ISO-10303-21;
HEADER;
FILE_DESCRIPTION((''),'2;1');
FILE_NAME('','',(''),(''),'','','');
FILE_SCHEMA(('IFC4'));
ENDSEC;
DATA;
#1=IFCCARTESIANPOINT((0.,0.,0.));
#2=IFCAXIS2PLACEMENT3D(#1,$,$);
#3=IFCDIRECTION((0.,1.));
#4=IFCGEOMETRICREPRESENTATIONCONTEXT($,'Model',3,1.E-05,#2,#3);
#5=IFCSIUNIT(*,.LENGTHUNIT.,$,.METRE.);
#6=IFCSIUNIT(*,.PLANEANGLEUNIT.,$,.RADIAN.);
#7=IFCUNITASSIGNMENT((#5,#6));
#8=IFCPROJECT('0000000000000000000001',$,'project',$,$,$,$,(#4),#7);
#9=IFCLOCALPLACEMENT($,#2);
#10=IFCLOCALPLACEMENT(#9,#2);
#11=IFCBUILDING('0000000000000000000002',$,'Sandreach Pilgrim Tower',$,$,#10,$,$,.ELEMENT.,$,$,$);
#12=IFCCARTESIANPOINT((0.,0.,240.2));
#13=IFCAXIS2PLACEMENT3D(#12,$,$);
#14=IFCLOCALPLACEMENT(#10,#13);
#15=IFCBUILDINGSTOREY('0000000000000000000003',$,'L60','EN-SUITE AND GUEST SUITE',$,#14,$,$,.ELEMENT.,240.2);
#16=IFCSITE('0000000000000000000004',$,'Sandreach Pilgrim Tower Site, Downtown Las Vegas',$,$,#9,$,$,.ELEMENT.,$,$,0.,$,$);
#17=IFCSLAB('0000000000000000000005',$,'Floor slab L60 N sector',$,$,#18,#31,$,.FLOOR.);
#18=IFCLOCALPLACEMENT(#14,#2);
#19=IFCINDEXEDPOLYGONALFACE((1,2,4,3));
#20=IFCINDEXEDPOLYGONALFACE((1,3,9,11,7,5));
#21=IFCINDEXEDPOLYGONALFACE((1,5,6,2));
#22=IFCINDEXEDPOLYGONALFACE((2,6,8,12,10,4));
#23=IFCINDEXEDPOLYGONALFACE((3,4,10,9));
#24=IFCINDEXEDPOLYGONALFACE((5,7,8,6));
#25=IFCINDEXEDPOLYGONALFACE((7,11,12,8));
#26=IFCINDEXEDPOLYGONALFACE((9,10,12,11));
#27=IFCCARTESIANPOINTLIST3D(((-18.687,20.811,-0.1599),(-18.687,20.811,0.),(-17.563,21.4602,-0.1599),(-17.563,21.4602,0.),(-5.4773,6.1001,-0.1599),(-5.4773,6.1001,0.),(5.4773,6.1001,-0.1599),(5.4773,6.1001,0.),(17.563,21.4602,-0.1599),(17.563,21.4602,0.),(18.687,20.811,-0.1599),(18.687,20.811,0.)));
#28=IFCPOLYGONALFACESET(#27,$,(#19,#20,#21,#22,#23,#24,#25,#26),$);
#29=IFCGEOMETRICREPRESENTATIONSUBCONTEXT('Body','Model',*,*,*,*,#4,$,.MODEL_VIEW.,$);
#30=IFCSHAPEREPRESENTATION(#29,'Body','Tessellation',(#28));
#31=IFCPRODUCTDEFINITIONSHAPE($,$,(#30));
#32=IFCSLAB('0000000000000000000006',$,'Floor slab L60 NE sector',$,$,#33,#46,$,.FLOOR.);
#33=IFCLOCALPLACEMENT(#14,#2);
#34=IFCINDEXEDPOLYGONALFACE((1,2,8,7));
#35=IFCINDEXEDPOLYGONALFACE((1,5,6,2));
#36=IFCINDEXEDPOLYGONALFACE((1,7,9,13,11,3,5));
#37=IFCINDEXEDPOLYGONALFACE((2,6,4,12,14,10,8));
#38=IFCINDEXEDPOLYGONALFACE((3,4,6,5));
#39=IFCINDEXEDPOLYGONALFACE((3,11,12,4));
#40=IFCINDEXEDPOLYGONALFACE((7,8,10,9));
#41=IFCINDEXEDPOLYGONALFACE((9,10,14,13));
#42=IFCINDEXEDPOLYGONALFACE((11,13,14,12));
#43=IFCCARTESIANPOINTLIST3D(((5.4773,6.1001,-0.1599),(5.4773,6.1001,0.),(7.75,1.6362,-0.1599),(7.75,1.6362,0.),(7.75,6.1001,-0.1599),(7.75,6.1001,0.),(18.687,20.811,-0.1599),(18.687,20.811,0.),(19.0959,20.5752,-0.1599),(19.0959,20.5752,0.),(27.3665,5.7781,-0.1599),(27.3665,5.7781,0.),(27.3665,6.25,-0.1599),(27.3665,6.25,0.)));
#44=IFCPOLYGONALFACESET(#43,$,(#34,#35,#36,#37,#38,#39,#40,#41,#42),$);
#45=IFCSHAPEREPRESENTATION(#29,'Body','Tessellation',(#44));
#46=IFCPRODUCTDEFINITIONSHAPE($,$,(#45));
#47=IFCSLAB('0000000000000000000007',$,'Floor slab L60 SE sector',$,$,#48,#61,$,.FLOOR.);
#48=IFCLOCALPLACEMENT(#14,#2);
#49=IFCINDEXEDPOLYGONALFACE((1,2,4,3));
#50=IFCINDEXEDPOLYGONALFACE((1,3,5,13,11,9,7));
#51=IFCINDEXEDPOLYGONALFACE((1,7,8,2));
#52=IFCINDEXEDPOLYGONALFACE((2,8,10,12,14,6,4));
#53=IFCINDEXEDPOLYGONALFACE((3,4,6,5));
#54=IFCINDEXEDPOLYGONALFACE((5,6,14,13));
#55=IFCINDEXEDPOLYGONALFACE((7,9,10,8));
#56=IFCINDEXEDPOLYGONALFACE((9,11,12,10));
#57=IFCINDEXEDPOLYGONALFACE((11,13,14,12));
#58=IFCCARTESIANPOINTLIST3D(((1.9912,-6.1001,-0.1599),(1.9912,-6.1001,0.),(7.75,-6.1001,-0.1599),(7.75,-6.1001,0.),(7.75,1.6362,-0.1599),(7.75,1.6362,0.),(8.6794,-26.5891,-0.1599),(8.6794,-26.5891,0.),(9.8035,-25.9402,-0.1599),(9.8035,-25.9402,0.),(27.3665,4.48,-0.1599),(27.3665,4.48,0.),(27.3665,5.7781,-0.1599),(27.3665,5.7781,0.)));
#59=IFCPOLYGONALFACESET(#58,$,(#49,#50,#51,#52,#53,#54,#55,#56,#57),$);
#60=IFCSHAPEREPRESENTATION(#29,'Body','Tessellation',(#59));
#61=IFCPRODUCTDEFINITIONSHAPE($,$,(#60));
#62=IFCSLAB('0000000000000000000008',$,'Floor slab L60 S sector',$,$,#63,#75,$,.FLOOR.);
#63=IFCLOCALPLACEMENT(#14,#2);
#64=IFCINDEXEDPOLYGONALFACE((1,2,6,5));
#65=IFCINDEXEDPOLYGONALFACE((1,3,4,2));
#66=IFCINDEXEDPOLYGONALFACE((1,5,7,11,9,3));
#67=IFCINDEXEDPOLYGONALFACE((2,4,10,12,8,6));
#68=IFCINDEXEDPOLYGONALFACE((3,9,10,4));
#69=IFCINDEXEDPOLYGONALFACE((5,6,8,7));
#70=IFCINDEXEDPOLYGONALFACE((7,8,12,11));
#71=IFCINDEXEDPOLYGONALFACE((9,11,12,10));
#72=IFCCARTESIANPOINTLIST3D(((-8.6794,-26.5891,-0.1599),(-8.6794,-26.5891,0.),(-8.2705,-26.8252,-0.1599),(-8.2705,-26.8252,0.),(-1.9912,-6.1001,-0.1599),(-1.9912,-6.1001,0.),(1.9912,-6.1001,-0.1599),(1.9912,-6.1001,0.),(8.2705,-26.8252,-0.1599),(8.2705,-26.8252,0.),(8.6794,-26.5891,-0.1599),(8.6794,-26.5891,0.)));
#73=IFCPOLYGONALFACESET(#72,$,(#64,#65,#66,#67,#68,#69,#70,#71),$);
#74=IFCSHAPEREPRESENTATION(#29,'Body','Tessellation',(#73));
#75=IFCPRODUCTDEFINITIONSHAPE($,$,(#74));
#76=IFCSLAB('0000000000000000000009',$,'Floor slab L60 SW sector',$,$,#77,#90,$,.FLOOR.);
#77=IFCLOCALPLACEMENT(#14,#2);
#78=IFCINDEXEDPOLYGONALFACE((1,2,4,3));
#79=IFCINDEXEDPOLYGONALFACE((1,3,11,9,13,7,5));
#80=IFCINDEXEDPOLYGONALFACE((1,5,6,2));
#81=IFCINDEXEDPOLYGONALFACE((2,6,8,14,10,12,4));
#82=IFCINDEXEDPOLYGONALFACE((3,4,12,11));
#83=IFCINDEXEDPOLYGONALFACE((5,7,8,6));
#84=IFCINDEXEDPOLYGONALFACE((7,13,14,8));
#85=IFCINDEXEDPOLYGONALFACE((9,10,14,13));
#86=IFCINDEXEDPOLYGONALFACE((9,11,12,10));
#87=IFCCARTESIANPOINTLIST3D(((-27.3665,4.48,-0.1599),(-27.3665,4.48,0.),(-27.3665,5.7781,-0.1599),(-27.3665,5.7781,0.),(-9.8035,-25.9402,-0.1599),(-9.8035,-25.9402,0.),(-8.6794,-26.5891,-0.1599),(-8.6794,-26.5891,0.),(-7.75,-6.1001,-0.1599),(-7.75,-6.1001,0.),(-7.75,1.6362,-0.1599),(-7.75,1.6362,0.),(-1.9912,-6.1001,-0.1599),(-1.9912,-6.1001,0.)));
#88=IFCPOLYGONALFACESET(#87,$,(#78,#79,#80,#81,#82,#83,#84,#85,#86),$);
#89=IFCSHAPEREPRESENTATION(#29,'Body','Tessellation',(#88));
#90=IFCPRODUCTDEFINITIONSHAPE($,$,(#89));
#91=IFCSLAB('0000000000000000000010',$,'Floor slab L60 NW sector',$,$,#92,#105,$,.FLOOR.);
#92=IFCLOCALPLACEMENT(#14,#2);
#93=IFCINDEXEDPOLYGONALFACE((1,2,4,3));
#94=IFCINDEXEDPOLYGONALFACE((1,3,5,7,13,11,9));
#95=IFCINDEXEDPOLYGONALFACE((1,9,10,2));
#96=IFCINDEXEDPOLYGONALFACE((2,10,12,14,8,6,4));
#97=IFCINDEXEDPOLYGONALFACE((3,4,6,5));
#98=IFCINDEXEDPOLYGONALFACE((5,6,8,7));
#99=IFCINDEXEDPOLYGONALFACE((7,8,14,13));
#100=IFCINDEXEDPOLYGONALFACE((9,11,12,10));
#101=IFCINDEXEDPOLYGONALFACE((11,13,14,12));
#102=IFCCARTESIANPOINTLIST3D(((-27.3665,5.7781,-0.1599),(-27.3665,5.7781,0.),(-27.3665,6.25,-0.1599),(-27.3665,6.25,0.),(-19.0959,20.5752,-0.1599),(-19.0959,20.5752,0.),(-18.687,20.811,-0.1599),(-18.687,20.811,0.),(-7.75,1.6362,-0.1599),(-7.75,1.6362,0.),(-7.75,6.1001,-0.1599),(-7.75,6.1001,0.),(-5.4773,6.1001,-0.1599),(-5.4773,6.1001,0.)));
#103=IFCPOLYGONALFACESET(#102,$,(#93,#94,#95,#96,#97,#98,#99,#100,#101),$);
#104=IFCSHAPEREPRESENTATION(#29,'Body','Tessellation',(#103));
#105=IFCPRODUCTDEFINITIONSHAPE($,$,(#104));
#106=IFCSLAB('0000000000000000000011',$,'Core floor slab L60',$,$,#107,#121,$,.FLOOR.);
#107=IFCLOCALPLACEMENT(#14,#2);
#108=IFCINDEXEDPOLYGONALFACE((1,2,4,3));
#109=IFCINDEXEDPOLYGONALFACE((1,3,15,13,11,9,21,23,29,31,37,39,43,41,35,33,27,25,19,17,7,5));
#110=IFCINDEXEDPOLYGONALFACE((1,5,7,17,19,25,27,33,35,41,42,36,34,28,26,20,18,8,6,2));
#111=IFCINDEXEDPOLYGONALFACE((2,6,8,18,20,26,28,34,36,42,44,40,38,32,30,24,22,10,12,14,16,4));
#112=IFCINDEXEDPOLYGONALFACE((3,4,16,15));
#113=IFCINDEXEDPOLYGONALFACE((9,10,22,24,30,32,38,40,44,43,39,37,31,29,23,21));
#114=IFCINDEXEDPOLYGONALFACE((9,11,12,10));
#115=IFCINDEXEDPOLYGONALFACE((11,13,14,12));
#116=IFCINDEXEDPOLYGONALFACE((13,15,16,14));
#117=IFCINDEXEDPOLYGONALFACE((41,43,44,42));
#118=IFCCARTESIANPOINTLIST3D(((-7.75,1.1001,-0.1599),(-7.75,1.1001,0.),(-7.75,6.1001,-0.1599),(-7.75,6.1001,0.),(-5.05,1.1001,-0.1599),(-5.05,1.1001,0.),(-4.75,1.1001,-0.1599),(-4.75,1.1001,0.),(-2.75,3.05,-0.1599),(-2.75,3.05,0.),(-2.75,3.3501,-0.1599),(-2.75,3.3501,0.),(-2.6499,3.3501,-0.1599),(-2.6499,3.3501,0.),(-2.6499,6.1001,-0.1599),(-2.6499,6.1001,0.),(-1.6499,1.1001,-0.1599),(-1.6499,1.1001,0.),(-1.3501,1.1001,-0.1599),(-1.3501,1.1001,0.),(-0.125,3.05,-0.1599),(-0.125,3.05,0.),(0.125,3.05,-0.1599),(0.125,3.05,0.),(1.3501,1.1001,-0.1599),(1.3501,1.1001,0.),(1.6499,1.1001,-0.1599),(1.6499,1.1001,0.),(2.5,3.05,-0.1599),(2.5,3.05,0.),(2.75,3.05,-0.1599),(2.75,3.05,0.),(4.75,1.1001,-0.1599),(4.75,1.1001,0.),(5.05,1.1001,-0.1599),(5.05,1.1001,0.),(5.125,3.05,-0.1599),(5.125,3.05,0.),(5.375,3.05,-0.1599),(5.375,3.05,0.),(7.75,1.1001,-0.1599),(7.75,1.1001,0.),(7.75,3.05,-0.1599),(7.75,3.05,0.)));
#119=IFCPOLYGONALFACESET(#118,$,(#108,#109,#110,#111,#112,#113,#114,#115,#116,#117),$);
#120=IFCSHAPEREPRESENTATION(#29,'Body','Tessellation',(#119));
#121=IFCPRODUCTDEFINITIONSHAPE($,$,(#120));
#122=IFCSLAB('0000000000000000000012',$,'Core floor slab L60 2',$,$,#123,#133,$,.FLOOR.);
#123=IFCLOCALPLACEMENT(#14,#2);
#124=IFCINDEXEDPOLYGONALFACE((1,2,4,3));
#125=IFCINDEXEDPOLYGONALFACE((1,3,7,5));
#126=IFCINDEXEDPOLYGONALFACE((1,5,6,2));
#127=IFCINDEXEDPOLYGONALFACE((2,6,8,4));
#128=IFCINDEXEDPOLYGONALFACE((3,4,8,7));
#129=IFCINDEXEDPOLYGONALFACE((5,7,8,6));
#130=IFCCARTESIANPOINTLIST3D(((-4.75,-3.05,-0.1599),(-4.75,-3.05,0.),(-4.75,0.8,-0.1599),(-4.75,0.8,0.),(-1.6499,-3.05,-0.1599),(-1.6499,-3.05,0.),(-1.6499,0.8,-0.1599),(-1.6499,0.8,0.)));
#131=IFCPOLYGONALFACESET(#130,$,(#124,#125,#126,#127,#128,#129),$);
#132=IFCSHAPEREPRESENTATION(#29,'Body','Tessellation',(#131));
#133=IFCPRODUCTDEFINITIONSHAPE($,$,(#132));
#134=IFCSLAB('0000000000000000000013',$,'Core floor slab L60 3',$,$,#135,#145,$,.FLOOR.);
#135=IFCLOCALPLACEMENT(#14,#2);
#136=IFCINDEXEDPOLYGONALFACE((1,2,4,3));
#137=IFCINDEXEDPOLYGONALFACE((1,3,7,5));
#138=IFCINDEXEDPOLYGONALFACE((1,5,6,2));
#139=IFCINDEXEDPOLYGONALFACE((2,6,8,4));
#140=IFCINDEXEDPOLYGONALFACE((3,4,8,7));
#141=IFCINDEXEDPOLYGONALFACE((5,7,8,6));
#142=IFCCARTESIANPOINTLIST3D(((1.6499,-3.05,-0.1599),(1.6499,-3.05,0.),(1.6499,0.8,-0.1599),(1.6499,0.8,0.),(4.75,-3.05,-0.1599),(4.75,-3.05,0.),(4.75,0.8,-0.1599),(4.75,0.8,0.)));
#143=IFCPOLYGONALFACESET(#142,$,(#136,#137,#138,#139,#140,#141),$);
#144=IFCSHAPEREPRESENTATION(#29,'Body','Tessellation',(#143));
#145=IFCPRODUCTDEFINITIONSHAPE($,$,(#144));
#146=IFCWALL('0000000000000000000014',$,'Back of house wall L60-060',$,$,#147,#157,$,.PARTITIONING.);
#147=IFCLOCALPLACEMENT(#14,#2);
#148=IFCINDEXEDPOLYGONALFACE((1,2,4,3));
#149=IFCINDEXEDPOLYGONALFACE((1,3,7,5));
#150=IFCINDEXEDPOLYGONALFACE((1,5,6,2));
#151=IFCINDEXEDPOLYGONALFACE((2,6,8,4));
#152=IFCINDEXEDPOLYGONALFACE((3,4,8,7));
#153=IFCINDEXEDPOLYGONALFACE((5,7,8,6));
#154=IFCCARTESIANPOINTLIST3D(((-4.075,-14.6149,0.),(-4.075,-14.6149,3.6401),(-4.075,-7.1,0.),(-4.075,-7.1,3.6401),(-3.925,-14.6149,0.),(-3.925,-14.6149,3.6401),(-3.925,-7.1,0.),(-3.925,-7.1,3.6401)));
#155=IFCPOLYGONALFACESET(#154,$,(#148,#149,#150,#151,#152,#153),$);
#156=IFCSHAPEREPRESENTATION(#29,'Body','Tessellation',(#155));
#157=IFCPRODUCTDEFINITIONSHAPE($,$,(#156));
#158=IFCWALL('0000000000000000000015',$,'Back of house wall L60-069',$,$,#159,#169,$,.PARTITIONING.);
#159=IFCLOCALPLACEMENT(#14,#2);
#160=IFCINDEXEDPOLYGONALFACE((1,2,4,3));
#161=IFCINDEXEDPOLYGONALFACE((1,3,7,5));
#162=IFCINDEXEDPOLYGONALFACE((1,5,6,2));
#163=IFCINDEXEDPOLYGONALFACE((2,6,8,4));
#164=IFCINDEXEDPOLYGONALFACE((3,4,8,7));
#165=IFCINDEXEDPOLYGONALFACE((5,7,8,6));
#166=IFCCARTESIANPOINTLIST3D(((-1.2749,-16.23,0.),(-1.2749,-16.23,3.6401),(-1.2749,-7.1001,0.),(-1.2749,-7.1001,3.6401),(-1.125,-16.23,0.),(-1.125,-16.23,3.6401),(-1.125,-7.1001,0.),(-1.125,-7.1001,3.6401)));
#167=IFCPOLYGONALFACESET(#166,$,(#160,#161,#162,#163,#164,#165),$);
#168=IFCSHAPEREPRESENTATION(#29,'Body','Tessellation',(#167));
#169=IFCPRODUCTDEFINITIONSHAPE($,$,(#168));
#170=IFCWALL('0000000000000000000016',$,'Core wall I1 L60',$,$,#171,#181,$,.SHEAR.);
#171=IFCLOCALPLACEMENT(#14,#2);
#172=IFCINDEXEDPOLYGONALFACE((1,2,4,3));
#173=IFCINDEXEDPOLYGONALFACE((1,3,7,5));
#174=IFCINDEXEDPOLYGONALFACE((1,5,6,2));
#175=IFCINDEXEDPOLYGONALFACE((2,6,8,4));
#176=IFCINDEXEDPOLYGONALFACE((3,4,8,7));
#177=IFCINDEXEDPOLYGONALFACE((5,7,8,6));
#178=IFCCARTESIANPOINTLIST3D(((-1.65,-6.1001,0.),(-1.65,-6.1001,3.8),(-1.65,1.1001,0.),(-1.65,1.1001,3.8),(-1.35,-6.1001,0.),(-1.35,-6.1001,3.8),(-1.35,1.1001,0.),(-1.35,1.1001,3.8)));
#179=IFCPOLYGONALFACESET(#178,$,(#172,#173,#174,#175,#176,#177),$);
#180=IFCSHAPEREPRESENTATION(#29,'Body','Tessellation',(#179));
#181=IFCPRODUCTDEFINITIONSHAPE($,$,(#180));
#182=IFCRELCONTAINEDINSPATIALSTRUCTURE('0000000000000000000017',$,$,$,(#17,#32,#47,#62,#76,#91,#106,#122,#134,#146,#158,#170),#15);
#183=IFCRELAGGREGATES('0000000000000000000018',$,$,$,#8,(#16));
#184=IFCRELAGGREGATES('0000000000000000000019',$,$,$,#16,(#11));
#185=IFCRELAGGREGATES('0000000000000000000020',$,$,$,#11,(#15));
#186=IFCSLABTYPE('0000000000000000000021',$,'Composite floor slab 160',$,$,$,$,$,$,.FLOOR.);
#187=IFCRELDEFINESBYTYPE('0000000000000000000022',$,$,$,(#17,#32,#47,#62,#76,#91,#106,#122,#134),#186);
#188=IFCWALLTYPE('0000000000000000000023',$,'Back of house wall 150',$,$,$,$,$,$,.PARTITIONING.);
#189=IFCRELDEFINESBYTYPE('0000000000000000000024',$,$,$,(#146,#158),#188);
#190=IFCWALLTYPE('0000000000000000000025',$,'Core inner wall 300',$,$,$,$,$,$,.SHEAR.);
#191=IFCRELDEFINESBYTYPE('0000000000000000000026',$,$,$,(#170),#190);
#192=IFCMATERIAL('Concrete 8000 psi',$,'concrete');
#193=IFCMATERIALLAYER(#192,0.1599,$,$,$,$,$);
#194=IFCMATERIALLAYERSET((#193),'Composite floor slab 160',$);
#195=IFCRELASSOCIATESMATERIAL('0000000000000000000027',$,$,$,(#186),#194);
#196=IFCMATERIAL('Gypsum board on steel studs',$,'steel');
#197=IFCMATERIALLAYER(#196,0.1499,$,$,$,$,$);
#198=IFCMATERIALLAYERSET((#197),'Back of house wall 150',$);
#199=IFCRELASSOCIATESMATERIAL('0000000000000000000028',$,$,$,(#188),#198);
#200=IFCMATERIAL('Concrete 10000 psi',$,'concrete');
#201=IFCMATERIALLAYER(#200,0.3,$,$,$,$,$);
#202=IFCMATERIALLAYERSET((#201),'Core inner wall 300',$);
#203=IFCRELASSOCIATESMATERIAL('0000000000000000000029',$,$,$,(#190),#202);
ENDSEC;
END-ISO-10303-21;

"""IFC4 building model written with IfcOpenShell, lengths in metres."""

from ifc_helpers import new_model, si_unit, direction, frame, frame_2d, origin, place, context, subcontext, project, spatial, polyline, rectangle, outline, extrude, material, layer, layer_set, type_object, element, save


model = new_model("IFC4")

# Units and contexts
model_context = context("Model", 3, precision=1e-05, world=origin(), true_north=direction((0.0, 1.0)))
body_context = subcontext(model_context, "Body", "Model", "MODEL_VIEW")
ifc_project = project(units=[si_unit("LENGTHUNIT", "METRE"), si_unit("PLANEANGLEUNIT", "RADIAN")], contexts=[model_context])

# Site, building, storey
site_placement = place(None, origin())
site = spatial("IfcSite", under=ifc_project, at=site_placement, Name="Sandreach Pilgrim Tower Site, Downtown Las Vegas", CompositionType="ELEMENT", RefElevation=0.0)
building_placement = place(site_placement, origin())
building = spatial("IfcBuilding", under=site, at=building_placement, Name="Sandreach Pilgrim Tower", CompositionType="ELEMENT")
storey_placement = place(building_placement, frame((0.0, 0.0, 240.2)))
storey = spatial("IfcBuildingStorey", under=building, at=storey_placement, Name="L60", Description="EN-SUITE AND GUEST SUITE", CompositionType="ELEMENT", Elevation=240.2)

# Slabs
ifc_material_1 = material(Name="Concrete 8000 psi", Category="concrete")
ifc_layer_1 = layer(ifc_material_1, 0.1599)
ifc_layer_set_1 = layer_set([ifc_layer_1], Name="Composite floor slab 160")
slab_type = type_object("IfcSlabType", Name="Composite floor slab 160", PredefinedType="FLOOR", material=ifc_layer_set_1)
slab_1_placement = place(storey_placement, frame((0.0, 0.0, -0.1599)))
element("IfcSlab", 1, at=slab_1_placement, inside=storey, type_object=slab_type, Name="Floor slab L60 N sector", PredefinedType="FLOOR", context=body_context, shape_type="SweptSolid", body=[
    extrude(outline(polyline([(-17.563, 21.4602), (17.563, 21.4602), (18.687, 20.811), (5.4773, 6.1001), (-5.4773, 6.1001), (-18.687, 20.811), (-17.563, 21.4602)])), origin(), (0.0, 0.0, 1.0), 0.1599),
])
slab_2_placement = place(storey_placement, frame((0.0, 0.0, -0.1599)))
element("IfcSlab", 2, at=slab_2_placement, inside=storey, type_object=slab_type, Name="Floor slab L60 NE sector", PredefinedType="FLOOR", context=body_context, shape_type="SweptSolid", body=[
    extrude(outline(polyline([(19.0959, 20.5752), (27.3665, 6.25), (27.3665, 5.7781), (7.75, 1.6362), (7.75, 6.1001), (5.4773, 6.1001), (18.687, 20.811), (19.0959, 20.5752)])), origin(), (0.0, 0.0, 1.0), 0.1599),
])
slab_3_placement = place(storey_placement, frame((0.0, 0.0, -0.1599)))
element("IfcSlab", 3, at=slab_3_placement, inside=storey, type_object=slab_type, Name="Floor slab L60 SE sector", PredefinedType="FLOOR", context=body_context, shape_type="SweptSolid", body=[
    extrude(outline(polyline([(27.3665, 4.48), (9.8035, -25.9402), (8.6794, -26.5891), (1.9912, -6.1001), (7.75, -6.1001), (7.75, 1.6362), (27.3665, 5.7781), (27.3665, 4.48)])), origin(), (0.0, 0.0, 1.0), 0.1599),
])
slab_4_placement = place(storey_placement, frame((0.0, 0.0, -0.1599)))
element("IfcSlab", 4, at=slab_4_placement, inside=storey, type_object=slab_type, Name="Floor slab L60 S sector", PredefinedType="FLOOR", context=body_context, shape_type="SweptSolid", body=[
    extrude(outline(polyline([(8.2705, -26.8252), (-8.2705, -26.8252), (-8.6794, -26.5891), (-1.9912, -6.1001), (1.9912, -6.1001), (8.6794, -26.5891), (8.2705, -26.8252)])), origin(), (0.0, 0.0, 1.0), 0.1599),
])
slab_5_placement = place(storey_placement, frame((0.0, 0.0, -0.1599)))
element("IfcSlab", 5, at=slab_5_placement, inside=storey, type_object=slab_type, Name="Floor slab L60 SW sector", PredefinedType="FLOOR", context=body_context, shape_type="SweptSolid", body=[
    extrude(outline(polyline([(-9.8035, -25.9402), (-27.3665, 4.48), (-27.3665, 5.7781), (-7.75, 1.6362), (-7.75, -6.1001), (-1.9912, -6.1001), (-8.6794, -26.5891), (-9.8035, -25.9402)])), origin(), (0.0, 0.0, 1.0), 0.1599),
])
slab_6_placement = place(storey_placement, frame((0.0, 0.0, -0.1599)))
element("IfcSlab", 6, at=slab_6_placement, inside=storey, type_object=slab_type, Name="Floor slab L60 NW sector", PredefinedType="FLOOR", context=body_context, shape_type="SweptSolid", body=[
    extrude(outline(polyline([(-27.3665, 6.25), (-19.0959, 20.5752), (-18.687, 20.811), (-5.4773, 6.1001), (-7.75, 6.1001), (-7.75, 1.6362), (-27.3665, 5.7781), (-27.3665, 6.25)])), origin(), (0.0, 0.0, 1.0), 0.1599),
])
slab_7_placement = place(storey_placement, frame((0.0, 0.0, -0.1599)))
element("IfcSlab", 7, at=slab_7_placement, inside=storey, type_object=slab_type, Name="Core floor slab L60", PredefinedType="FLOOR", context=body_context, shape_type="SweptSolid", body=[
    extrude(outline(polyline([(-2.75, 3.3501), (-2.75, 3.05), (-0.125, 3.05), (0.125, 3.05), (2.5, 3.05), (2.75, 3.05), (5.125, 3.05), (5.375, 3.05), (7.75, 3.05), (7.75, 1.1001), (5.05, 1.1001), (4.75, 1.1001), (1.6499, 1.1001), (1.3501, 1.1001), (-1.3501, 1.1001), (-1.6499, 1.1001), (-4.75, 1.1001), (-5.05, 1.1001), (-7.75, 1.1001), (-7.75, 6.1001), (-2.6499, 6.1001), (-2.6499, 3.3501), (-2.75, 3.3501)])), origin(), (0.0, 0.0, 1.0), 0.1599),
])
slab_8_placement = place(storey_placement, frame((0.0, 0.0, -0.1599)))
element("IfcSlab", 8, at=slab_8_placement, inside=storey, type_object=slab_type, Name="Core floor slab L60 2", PredefinedType="FLOOR", context=body_context, shape_type="SweptSolid", body=[
    extrude(outline(polyline([(-1.6499, -3.05), (-4.75, -3.05), (-4.75, 0.8), (-1.6499, 0.8), (-1.6499, -3.05)])), origin(), (0.0, 0.0, 1.0), 0.1599),
])
slab_9_placement = place(storey_placement, frame((0.0, 0.0, -0.1599)))
element("IfcSlab", 9, at=slab_9_placement, inside=storey, type_object=slab_type, Name="Core floor slab L60 3", PredefinedType="FLOOR", context=body_context, shape_type="SweptSolid", body=[
    extrude(outline(polyline([(4.75, -3.05), (1.6499, -3.05), (1.6499, 0.8), (4.75, 0.8), (4.75, -3.05)])), origin(), (0.0, 0.0, 1.0), 0.1599),
])

# Walls
ifc_material_2 = material(Name="Gypsum board on steel studs", Category="steel")
ifc_layer_2 = layer(ifc_material_2, 0.1499)
ifc_layer_set_2 = layer_set([ifc_layer_2], Name="Back of house wall 150")
wall_type_1 = type_object("IfcWallType", Name="Back of house wall 150", PredefinedType="PARTITIONING", material=ifc_layer_set_2)
wall_1_placement = place(storey_placement, frame((-4.0, -7.1001, 0.0), z_axis=(0.0, 0.0, 1.0), x_axis=(0.0, -1.0, 0.0)))
element("IfcWall", 10, at=wall_1_placement, inside=storey, type_object=wall_type_1, Name="Back of house wall L60-060", PredefinedType="PARTITIONING", context=body_context, shape_type="SweptSolid", body=[
    extrude(rectangle(XDim=7.5149, YDim=0.1499, at=frame_2d((3.7573, 0.0))), origin(), (0.0, 0.0, 1.0), 3.6401),
])
wall_2_placement = place(storey_placement, frame((-1.2, -7.1001, 0.0), z_axis=(0.0, 0.0, 1.0), x_axis=(0.0, -1.0, 0.0)))
element("IfcWall", 11, at=wall_2_placement, inside=storey, type_object=wall_type_1, Name="Back of house wall L60-069", PredefinedType="PARTITIONING", context=body_context, shape_type="SweptSolid", body=[
    extrude(rectangle(XDim=9.1299, YDim=0.1499, at=frame_2d((4.5649, 0.0))), origin(), (0.0, 0.0, 1.0), 3.6401),
])
ifc_material_3 = material(Name="Concrete 10000 psi", Category="concrete")
ifc_layer_3 = layer(ifc_material_3, 0.3)
ifc_layer_set_3 = layer_set([ifc_layer_3], Name="Core inner wall 300")
wall_type_2 = type_object("IfcWallType", Name="Core inner wall 300", PredefinedType="SHEAR", material=ifc_layer_set_3)
wall_3_placement = place(storey_placement, frame((-1.5, -6.1001, 0.0), z_axis=(0.0, 0.0, 1.0), x_axis=(0.0, 1.0, 0.0)))
element("IfcWall", 12, at=wall_3_placement, inside=storey, type_object=wall_type_2, Name="Core wall I1 L60", PredefinedType="SHEAR", context=body_context, shape_type="SweptSolid", body=[
    extrude(rectangle(XDim=7.2002, YDim=0.3, at=frame_2d((3.6001, 0.0))), origin(), (0.0, 0.0, 1.0), 3.8),
])

save(model, "model.ifc")
